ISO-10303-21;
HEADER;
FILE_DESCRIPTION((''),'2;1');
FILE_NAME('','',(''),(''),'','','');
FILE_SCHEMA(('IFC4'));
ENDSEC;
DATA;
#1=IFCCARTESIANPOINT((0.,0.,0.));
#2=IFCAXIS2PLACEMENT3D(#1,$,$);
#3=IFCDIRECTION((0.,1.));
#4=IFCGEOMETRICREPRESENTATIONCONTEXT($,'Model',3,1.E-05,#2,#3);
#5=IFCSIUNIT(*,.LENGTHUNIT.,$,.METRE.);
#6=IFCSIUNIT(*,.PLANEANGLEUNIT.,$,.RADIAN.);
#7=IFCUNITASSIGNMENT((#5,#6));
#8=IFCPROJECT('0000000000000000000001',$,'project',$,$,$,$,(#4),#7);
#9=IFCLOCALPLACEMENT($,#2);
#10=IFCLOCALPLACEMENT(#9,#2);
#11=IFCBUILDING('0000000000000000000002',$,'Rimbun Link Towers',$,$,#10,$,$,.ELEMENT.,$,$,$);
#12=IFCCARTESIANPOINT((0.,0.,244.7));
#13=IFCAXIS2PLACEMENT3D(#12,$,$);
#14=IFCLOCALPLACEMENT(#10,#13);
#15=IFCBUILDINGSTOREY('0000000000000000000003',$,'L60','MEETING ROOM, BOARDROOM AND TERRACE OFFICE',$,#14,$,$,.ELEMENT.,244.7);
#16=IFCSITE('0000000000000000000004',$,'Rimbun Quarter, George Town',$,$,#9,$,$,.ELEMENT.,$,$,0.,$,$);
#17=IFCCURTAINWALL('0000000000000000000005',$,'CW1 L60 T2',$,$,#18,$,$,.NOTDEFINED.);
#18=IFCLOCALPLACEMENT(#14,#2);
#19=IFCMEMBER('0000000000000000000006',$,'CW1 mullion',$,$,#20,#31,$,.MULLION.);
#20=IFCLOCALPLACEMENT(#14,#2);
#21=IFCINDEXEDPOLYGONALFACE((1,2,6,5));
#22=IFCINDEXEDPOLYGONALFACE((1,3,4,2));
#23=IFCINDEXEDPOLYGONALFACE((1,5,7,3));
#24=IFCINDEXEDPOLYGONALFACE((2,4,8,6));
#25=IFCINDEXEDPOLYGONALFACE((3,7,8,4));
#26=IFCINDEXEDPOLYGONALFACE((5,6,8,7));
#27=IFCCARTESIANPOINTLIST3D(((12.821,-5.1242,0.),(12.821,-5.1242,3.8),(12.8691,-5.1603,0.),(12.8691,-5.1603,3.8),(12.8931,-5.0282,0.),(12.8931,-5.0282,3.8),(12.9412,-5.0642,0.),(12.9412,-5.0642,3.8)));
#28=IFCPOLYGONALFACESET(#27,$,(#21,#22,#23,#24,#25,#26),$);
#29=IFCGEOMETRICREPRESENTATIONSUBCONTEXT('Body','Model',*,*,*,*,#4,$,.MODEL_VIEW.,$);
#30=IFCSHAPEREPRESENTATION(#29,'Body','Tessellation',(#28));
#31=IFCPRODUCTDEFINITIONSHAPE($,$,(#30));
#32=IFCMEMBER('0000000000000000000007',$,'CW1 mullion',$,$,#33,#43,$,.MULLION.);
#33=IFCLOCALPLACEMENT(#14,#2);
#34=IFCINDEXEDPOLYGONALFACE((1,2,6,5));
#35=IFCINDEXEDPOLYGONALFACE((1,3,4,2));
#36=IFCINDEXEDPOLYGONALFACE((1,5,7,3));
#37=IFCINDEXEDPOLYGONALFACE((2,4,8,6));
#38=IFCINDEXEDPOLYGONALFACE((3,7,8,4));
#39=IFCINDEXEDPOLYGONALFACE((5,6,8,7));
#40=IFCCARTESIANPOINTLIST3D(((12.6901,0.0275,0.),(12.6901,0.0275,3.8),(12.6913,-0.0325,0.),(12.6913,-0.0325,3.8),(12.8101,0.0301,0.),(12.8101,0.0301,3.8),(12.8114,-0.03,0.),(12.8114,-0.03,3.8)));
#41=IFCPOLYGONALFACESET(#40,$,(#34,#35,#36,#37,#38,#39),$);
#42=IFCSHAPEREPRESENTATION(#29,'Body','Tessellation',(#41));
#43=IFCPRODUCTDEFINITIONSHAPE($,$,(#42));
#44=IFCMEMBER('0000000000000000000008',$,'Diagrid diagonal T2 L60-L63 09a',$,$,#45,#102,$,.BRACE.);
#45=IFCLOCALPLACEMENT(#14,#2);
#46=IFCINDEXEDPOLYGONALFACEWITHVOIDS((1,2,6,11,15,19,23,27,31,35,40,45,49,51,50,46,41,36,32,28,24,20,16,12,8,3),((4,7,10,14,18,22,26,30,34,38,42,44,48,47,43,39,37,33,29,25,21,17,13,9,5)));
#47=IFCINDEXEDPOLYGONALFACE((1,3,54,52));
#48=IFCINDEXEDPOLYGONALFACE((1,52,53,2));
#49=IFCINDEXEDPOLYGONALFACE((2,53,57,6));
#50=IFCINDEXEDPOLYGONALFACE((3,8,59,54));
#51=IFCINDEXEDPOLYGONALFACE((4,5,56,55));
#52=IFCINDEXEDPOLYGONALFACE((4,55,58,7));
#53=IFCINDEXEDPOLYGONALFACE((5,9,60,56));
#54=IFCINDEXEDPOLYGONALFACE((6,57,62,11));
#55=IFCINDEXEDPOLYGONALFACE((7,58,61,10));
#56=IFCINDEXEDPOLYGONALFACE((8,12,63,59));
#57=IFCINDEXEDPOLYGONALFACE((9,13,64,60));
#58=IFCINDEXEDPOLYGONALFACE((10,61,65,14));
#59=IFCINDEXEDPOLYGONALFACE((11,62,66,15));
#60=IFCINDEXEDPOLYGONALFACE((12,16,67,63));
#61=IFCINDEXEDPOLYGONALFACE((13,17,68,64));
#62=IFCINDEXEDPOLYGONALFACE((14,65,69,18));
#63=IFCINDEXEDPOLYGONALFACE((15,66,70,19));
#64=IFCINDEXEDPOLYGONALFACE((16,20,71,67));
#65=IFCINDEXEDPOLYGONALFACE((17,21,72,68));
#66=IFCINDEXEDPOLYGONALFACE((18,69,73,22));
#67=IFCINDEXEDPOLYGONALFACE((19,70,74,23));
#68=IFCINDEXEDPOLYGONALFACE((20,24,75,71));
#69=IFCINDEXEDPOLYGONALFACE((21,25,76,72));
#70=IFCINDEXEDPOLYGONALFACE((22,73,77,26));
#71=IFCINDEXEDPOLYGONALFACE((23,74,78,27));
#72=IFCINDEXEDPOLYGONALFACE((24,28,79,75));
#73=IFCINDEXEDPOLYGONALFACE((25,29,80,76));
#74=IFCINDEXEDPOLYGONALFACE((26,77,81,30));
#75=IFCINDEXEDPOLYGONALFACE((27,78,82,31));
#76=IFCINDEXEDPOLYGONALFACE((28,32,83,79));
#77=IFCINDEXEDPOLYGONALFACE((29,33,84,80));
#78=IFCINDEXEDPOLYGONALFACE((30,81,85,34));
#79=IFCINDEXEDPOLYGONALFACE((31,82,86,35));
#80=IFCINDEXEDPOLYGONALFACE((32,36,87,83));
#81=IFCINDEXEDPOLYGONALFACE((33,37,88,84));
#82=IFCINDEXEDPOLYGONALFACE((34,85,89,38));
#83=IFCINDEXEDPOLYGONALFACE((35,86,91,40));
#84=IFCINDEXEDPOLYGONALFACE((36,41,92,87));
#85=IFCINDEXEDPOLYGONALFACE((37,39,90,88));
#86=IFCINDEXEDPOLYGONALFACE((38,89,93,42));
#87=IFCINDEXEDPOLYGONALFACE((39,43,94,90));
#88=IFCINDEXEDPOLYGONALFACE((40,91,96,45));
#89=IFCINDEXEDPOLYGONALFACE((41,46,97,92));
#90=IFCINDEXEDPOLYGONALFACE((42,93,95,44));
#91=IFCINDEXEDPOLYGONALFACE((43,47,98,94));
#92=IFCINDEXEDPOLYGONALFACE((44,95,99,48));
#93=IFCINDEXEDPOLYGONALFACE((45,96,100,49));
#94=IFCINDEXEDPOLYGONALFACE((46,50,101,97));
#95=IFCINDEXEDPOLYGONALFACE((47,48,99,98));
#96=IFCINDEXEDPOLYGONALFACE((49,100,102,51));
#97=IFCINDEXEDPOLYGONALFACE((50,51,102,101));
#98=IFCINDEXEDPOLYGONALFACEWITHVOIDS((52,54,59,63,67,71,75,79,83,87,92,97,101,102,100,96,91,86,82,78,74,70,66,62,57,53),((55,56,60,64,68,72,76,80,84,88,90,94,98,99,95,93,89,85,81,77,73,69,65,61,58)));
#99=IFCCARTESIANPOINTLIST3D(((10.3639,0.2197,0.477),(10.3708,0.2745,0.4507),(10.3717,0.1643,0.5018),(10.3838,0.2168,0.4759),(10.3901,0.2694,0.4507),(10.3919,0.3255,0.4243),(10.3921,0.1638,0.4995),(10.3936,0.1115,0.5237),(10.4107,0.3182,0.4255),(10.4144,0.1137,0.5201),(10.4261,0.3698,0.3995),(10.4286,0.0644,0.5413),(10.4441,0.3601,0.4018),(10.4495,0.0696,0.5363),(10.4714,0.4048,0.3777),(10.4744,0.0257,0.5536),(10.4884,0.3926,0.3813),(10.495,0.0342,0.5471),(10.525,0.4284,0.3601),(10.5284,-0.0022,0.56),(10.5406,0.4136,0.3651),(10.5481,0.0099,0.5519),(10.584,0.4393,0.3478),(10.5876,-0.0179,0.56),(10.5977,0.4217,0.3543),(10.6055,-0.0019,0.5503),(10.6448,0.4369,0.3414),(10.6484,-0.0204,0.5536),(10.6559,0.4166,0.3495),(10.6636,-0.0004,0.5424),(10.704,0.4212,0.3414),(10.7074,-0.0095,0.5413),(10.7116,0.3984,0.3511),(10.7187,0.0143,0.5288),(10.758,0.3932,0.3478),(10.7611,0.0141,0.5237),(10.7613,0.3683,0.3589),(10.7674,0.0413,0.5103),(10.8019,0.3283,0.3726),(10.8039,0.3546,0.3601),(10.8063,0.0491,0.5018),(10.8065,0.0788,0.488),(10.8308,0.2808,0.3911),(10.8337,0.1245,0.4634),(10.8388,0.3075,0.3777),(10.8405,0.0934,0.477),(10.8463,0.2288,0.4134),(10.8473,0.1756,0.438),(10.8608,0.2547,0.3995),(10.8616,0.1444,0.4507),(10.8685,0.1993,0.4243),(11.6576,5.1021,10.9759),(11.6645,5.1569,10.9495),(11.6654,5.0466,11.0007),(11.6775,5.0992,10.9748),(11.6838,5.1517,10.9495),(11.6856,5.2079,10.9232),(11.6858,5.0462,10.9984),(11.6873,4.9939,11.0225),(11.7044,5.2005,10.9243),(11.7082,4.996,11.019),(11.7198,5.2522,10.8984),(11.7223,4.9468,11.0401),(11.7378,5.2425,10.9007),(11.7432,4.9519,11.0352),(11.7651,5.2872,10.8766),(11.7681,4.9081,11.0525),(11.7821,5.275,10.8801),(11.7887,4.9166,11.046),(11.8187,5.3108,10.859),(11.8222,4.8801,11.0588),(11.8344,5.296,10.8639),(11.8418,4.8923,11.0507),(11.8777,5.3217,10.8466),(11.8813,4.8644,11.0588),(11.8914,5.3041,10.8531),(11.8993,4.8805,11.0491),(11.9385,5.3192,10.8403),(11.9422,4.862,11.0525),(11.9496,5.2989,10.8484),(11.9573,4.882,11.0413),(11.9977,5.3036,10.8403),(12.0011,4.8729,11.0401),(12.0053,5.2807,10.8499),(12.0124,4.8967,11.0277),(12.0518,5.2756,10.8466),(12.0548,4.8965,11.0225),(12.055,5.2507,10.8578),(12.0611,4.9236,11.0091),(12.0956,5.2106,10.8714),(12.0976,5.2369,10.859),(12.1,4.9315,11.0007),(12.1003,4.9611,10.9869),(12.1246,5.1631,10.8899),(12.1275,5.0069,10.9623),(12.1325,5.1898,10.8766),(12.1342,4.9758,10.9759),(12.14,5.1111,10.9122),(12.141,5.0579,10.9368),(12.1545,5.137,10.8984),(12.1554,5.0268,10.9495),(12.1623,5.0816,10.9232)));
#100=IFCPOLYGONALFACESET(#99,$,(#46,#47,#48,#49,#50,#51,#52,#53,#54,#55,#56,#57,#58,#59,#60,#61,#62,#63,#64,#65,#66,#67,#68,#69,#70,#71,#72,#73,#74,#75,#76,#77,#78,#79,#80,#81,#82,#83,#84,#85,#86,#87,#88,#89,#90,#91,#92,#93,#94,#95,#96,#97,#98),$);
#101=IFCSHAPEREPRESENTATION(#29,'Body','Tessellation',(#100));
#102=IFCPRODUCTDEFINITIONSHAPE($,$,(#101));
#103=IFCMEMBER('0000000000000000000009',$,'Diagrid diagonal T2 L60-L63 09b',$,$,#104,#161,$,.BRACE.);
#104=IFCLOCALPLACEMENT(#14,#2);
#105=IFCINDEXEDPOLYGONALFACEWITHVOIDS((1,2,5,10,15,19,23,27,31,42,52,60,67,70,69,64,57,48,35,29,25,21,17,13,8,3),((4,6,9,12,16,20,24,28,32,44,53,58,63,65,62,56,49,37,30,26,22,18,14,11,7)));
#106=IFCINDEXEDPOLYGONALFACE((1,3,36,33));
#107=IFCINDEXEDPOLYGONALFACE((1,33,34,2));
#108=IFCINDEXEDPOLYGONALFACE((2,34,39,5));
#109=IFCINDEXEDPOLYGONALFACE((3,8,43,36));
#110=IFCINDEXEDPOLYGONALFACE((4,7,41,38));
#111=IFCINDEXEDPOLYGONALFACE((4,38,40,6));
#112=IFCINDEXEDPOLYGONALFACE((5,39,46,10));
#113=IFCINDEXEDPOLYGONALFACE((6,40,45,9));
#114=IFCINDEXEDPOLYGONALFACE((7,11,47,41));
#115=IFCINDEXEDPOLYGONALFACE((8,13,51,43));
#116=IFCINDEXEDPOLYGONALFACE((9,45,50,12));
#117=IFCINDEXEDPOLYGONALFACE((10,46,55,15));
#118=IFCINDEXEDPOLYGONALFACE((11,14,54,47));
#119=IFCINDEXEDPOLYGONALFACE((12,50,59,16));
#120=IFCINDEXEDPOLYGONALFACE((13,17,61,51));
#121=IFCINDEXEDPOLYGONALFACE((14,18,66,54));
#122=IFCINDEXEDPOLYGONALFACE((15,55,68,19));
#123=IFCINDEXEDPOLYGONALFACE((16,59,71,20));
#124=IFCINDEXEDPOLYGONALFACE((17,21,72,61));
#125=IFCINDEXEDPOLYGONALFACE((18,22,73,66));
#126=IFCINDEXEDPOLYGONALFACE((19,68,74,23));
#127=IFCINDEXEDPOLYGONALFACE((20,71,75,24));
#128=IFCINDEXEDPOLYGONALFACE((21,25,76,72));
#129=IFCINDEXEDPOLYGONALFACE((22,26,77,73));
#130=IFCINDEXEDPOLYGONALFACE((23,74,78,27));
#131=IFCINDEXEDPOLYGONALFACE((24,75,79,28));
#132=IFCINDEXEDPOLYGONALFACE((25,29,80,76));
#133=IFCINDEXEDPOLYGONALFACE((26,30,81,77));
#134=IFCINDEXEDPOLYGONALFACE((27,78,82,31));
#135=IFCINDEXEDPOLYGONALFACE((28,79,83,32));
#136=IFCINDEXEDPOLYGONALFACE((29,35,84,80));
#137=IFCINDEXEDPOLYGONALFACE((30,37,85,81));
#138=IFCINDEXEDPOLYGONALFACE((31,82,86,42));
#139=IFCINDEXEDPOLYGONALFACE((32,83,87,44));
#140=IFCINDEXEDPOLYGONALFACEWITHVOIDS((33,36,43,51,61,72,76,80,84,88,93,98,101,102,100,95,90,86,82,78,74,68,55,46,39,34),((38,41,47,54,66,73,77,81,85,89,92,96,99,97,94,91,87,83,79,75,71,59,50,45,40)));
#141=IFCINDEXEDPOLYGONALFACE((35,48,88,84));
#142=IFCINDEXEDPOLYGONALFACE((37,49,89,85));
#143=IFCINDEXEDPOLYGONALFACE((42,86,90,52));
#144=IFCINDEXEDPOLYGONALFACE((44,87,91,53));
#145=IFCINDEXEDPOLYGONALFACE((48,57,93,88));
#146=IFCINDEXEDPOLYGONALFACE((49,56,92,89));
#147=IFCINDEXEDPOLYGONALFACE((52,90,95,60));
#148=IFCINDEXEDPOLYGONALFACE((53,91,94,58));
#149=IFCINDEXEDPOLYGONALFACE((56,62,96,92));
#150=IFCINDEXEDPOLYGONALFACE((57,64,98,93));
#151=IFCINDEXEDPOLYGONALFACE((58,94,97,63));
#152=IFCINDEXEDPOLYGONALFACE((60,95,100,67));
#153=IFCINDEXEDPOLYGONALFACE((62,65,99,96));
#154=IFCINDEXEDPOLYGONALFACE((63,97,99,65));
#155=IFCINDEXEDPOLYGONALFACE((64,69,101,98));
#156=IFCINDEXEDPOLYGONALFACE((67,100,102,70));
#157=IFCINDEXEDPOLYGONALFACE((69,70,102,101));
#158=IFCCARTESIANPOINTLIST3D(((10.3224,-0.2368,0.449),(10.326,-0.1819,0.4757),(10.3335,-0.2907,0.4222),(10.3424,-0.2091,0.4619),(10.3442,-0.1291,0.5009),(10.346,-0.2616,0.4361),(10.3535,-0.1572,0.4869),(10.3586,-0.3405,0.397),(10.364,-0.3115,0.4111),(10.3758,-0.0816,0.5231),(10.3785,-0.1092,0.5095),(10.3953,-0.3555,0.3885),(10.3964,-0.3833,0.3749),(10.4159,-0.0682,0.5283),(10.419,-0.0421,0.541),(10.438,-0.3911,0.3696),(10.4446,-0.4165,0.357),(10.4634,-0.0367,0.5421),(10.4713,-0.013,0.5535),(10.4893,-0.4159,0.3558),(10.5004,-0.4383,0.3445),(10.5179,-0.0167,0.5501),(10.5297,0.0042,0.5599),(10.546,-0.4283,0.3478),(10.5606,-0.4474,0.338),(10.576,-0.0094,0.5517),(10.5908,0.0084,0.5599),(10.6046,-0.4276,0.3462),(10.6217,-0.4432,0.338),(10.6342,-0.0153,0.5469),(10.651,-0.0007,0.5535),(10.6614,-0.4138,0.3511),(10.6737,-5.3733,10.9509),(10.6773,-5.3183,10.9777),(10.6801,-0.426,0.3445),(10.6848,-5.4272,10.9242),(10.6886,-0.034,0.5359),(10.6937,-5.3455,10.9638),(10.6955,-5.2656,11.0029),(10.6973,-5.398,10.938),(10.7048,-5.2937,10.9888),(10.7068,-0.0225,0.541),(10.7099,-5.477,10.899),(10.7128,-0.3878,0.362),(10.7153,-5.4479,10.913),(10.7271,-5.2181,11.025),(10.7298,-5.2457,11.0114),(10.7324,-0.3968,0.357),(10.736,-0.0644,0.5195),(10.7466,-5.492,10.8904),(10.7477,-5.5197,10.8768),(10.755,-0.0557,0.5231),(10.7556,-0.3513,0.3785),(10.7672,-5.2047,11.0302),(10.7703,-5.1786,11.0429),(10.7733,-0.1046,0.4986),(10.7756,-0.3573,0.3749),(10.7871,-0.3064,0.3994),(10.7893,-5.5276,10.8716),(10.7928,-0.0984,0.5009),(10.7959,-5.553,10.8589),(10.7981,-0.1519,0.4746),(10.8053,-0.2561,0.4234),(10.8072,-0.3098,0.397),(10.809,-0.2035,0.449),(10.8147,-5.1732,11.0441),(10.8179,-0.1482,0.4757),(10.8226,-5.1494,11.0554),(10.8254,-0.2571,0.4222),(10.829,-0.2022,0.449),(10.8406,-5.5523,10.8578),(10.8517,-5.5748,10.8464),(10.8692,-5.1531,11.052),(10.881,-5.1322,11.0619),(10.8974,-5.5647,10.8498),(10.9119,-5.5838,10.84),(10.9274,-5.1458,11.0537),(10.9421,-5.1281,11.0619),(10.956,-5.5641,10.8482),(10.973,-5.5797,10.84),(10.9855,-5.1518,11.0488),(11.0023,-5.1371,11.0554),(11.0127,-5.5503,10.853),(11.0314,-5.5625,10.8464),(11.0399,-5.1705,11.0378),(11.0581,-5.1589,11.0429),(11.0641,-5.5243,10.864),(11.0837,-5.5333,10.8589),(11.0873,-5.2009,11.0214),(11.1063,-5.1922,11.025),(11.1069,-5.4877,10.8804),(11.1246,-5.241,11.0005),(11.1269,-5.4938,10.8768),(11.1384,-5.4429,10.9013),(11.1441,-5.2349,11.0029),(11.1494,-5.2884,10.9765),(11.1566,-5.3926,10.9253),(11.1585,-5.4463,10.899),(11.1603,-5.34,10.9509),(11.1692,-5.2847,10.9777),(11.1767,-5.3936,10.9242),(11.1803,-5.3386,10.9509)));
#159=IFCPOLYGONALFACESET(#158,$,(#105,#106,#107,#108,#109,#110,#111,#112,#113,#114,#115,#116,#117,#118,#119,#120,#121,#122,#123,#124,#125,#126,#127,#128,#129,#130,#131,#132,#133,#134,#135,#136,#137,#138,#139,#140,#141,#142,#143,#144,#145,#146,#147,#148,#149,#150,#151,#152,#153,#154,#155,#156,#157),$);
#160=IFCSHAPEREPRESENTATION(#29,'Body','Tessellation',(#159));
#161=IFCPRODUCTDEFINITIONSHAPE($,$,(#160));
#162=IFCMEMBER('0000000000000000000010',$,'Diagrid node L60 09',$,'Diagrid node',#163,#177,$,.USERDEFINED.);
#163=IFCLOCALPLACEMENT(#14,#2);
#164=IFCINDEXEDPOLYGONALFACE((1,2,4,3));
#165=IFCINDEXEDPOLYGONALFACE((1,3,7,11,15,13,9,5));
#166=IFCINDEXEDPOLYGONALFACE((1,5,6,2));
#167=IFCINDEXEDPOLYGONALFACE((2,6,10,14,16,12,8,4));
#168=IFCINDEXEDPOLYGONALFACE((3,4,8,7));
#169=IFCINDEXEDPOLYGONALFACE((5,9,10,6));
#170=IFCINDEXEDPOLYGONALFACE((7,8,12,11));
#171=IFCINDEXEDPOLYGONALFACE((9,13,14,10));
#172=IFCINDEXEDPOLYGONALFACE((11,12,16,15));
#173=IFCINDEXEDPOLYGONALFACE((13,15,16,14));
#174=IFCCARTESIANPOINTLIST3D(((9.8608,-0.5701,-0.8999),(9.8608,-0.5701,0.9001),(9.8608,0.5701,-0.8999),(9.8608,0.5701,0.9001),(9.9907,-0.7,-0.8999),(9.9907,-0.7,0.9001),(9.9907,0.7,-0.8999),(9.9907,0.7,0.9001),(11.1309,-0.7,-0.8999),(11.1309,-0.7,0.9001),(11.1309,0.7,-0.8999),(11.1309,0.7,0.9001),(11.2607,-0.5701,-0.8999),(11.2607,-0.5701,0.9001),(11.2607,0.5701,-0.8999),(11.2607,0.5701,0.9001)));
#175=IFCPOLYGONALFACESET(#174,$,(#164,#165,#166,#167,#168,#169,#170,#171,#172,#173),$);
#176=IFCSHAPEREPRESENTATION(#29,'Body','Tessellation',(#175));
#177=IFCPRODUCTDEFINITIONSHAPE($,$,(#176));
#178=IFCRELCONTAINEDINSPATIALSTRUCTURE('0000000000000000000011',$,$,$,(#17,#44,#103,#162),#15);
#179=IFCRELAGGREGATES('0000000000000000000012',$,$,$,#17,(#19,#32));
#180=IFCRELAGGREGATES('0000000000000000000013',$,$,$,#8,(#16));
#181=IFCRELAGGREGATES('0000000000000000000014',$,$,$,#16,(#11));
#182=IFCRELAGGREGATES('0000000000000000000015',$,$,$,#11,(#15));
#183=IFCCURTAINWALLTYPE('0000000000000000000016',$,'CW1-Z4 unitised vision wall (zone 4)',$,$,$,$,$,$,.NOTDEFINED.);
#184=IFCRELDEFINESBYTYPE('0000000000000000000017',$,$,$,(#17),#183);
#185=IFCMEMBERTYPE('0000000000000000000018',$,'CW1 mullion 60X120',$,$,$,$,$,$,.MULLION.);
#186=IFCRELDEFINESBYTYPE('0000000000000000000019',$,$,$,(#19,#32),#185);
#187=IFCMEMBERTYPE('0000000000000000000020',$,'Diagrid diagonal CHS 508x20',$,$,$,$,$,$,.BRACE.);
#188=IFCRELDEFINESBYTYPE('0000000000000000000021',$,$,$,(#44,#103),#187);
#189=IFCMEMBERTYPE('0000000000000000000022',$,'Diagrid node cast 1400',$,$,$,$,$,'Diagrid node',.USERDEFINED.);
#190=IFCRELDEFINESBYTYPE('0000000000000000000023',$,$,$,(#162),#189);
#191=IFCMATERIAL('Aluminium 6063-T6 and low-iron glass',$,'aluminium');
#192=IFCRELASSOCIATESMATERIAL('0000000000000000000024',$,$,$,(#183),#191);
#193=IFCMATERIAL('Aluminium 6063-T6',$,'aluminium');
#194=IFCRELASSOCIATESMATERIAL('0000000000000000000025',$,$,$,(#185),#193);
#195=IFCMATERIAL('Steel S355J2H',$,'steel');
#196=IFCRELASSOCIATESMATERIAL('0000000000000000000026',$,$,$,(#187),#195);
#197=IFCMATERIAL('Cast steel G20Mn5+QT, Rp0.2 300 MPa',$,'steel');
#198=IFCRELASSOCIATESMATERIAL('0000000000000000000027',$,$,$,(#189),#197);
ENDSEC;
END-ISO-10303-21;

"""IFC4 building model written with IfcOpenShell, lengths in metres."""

from ifc_helpers import new_model, si_unit, direction, frame, origin, origin_2d, place, context, subcontext, project, spatial, polyline, rectangle, hollow_circle, outline, extrude, material, material_profile, profile_set, type_object, element, aggregate, save


model = new_model("IFC4")

# Units and contexts
model_context = context("Model", 3, precision=1e-05, world=origin(), true_north=direction((0.0, 1.0)))
body_context = subcontext(model_context, "Body", "Model", "MODEL_VIEW")
ifc_project = project(units=[si_unit("LENGTHUNIT", "METRE"), si_unit("PLANEANGLEUNIT", "RADIAN")], contexts=[model_context])

# Site, building, storey
site_placement = place(None, origin())
site = spatial("IfcSite", under=ifc_project, at=site_placement, Name="Rimbun Quarter, George Town", CompositionType="ELEMENT", RefElevation=0.0)
building_placement = place(site_placement, origin())
building = spatial("IfcBuilding", under=site, at=building_placement, Name="Rimbun Link Towers", CompositionType="ELEMENT")
storey_placement = place(building_placement, frame((0.0, 0.0, 244.7)))
storey = spatial("IfcBuildingStorey", under=building, at=storey_placement, Name="L60", Description="MEETING ROOM, BOARDROOM AND TERRACE OFFICE", CompositionType="ELEMENT", Elevation=244.7)

# Curtain wall, members
ifc_material_1 = material(Name="Aluminium 6063-T6 and low-iron glass", Category="aluminium")
curtain_wall_type = type_object("IfcCurtainWallType", Name="CW1-Z4 unitised vision wall (zone 4)", PredefinedType="NOTDEFINED", material=ifc_material_1)
curtain_wall_placement = place(storey_placement, origin())
curtain_wall = element("IfcCurtainWall", 1, at=curtain_wall_placement, inside=storey, type_object=curtain_wall_type, Name="CW1 L60 T2", PredefinedType="NOTDEFINED")
ifc_material_2 = material(Name="Aluminium 6063-T6", Category="aluminium")
ifc_material_profile_1 = material_profile(ifc_material_2, rectangle(XDim=0.1201, YDim=0.0601, at=origin_2d()), Name="MULLION 60X120")
ifc_profile_set_1 = profile_set([ifc_material_profile_1], Name="Aluminium 6063-T6")
member_type_1 = type_object("IfcMemberType", Name="CW1 mullion 60X120", PredefinedType="MULLION", material=ifc_profile_set_1)
member_1_placement = place(storey_placement, frame((12.8811, -5.0942, 0.0), z_axis=(0.0, 0.0, 1.0), x_axis=(-0.600372, -0.799721, 0.0)))
member_1 = element("IfcMember", 2, at=member_1_placement, type_object=member_type_1, Name="CW1 mullion", PredefinedType="MULLION", context=body_context, shape_type="SweptSolid", body=[
    extrude(rectangle(XDim=0.1201, YDim=0.0601, at=origin_2d()), origin(), (0.0, 0.0, 1.0), 3.8),
])
member_2_placement = place(storey_placement, frame((12.7507, -0.0012, 0.0), z_axis=(0.0, 0.0, 1.0), x_axis=(-0.999778, -0.02106, 0.0)))
member_2 = element("IfcMember", 3, at=member_2_placement, type_object=member_type_1, Name="CW1 mullion", PredefinedType="MULLION", context=body_context, shape_type="SweptSolid", body=[
    extrude(rectangle(XDim=0.1201, YDim=0.0601, at=origin_2d()), origin(), (0.0, 0.0, 1.0), 3.8),
])
aggregate(curtain_wall, [member_1, member_2])

# Members
ifc_material_3 = material(Name="Steel S355J2H", Category="steel")
ifc_material_profile_2 = material_profile(ifc_material_3, hollow_circle(Radius=0.2539, WallThickness=0.02, at=origin_2d()), Name="Diagrid diagonal CHS 508x20")
ifc_profile_set_2 = profile_set([ifc_material_profile_2], Name="Steel S355J2H")
member_type_2 = type_object("IfcMemberType", Name="Diagrid diagonal CHS 508x20", PredefinedType="BRACE", material=ifc_profile_set_2)
member_3_placement = place(storey_placement, frame((10.6162, 0.2095, 0.4507), z_axis=(0.111042, 0.419064, 0.901141), x_axis=(-0.96664, 0.256137, 0.0)))
element("IfcMember", 4, at=member_3_placement, inside=storey, type_object=member_type_2, Name="Diagrid diagonal T2 L60-L63 09a", PredefinedType="BRACE", context=body_context, shape_type="SweptSolid", body=[
    extrude(hollow_circle(Radius=0.2539, WallThickness=0.02, at=origin_2d()), origin(), (0.0, 0.0, 1.0), 11.6506),
])
member_4_placement = place(storey_placement, frame((10.5757, -0.2195, 0.449), z_axis=(0.030037, -0.439163, 0.897905), x_axis=(0.997669, 0.068237, 0.0)))
element("IfcMember", 5, at=member_4_placement, inside=storey, type_object=member_type_2, Name="Diagrid diagonal T2 L60-L63 09b", PredefinedType="BRACE", context=body_context, shape_type="SweptSolid", body=[
    extrude(hollow_circle(Radius=0.2539, WallThickness=0.02, at=origin_2d()), origin(), (0.0, 0.0, 1.0), 11.696),
])
ifc_material_4 = material(Name="Cast steel G20Mn5+QT, Rp0.2 300 MPa", Category="steel")
ifc_material_profile_3 = material_profile(ifc_material_4, outline(polyline([(0.7, -0.5701), (0.7, 0.5701), (0.5701, 0.7), (-0.5701, 0.7), (-0.7, 0.5701), (-0.7, -0.5701), (-0.5701, -0.7), (0.5701, -0.7), (0.7, -0.5701)])), Name="NODE 1400x1400")
ifc_profile_set_3 = profile_set([ifc_material_profile_3], Name="Cast steel G20Mn5+QT, Rp0.2 300 MPa")
member_type_3 = type_object("IfcMemberType", Name="Diagrid node cast 1400", ElementType="Diagrid node", PredefinedType="USERDEFINED", material=ifc_profile_set_3)
member_5_placement = place(storey_placement, frame((10.5608, 0.0, -0.8999), z_axis=(0.0, 0.0, 1.0), x_axis=(-1.0, 0.0, 0.0)))
element("IfcMember", 6, at=member_5_placement, inside=storey, type_object=member_type_3, Name="Diagrid node L60 09", ObjectType="Diagrid node", PredefinedType="USERDEFINED", context=body_context, shape_type="SweptSolid", body=[
    extrude(outline(polyline([(0.7, -0.5701), (0.7, 0.5701), (0.5701, 0.7), (-0.5701, 0.7), (-0.7, 0.5701), (-0.7, -0.5701), (-0.5701, -0.7), (0.5701, -0.7), (0.7, -0.5701)])), origin(), (0.0, 0.0, 1.0), 1.8),
])

save(model, "model.ifc")
